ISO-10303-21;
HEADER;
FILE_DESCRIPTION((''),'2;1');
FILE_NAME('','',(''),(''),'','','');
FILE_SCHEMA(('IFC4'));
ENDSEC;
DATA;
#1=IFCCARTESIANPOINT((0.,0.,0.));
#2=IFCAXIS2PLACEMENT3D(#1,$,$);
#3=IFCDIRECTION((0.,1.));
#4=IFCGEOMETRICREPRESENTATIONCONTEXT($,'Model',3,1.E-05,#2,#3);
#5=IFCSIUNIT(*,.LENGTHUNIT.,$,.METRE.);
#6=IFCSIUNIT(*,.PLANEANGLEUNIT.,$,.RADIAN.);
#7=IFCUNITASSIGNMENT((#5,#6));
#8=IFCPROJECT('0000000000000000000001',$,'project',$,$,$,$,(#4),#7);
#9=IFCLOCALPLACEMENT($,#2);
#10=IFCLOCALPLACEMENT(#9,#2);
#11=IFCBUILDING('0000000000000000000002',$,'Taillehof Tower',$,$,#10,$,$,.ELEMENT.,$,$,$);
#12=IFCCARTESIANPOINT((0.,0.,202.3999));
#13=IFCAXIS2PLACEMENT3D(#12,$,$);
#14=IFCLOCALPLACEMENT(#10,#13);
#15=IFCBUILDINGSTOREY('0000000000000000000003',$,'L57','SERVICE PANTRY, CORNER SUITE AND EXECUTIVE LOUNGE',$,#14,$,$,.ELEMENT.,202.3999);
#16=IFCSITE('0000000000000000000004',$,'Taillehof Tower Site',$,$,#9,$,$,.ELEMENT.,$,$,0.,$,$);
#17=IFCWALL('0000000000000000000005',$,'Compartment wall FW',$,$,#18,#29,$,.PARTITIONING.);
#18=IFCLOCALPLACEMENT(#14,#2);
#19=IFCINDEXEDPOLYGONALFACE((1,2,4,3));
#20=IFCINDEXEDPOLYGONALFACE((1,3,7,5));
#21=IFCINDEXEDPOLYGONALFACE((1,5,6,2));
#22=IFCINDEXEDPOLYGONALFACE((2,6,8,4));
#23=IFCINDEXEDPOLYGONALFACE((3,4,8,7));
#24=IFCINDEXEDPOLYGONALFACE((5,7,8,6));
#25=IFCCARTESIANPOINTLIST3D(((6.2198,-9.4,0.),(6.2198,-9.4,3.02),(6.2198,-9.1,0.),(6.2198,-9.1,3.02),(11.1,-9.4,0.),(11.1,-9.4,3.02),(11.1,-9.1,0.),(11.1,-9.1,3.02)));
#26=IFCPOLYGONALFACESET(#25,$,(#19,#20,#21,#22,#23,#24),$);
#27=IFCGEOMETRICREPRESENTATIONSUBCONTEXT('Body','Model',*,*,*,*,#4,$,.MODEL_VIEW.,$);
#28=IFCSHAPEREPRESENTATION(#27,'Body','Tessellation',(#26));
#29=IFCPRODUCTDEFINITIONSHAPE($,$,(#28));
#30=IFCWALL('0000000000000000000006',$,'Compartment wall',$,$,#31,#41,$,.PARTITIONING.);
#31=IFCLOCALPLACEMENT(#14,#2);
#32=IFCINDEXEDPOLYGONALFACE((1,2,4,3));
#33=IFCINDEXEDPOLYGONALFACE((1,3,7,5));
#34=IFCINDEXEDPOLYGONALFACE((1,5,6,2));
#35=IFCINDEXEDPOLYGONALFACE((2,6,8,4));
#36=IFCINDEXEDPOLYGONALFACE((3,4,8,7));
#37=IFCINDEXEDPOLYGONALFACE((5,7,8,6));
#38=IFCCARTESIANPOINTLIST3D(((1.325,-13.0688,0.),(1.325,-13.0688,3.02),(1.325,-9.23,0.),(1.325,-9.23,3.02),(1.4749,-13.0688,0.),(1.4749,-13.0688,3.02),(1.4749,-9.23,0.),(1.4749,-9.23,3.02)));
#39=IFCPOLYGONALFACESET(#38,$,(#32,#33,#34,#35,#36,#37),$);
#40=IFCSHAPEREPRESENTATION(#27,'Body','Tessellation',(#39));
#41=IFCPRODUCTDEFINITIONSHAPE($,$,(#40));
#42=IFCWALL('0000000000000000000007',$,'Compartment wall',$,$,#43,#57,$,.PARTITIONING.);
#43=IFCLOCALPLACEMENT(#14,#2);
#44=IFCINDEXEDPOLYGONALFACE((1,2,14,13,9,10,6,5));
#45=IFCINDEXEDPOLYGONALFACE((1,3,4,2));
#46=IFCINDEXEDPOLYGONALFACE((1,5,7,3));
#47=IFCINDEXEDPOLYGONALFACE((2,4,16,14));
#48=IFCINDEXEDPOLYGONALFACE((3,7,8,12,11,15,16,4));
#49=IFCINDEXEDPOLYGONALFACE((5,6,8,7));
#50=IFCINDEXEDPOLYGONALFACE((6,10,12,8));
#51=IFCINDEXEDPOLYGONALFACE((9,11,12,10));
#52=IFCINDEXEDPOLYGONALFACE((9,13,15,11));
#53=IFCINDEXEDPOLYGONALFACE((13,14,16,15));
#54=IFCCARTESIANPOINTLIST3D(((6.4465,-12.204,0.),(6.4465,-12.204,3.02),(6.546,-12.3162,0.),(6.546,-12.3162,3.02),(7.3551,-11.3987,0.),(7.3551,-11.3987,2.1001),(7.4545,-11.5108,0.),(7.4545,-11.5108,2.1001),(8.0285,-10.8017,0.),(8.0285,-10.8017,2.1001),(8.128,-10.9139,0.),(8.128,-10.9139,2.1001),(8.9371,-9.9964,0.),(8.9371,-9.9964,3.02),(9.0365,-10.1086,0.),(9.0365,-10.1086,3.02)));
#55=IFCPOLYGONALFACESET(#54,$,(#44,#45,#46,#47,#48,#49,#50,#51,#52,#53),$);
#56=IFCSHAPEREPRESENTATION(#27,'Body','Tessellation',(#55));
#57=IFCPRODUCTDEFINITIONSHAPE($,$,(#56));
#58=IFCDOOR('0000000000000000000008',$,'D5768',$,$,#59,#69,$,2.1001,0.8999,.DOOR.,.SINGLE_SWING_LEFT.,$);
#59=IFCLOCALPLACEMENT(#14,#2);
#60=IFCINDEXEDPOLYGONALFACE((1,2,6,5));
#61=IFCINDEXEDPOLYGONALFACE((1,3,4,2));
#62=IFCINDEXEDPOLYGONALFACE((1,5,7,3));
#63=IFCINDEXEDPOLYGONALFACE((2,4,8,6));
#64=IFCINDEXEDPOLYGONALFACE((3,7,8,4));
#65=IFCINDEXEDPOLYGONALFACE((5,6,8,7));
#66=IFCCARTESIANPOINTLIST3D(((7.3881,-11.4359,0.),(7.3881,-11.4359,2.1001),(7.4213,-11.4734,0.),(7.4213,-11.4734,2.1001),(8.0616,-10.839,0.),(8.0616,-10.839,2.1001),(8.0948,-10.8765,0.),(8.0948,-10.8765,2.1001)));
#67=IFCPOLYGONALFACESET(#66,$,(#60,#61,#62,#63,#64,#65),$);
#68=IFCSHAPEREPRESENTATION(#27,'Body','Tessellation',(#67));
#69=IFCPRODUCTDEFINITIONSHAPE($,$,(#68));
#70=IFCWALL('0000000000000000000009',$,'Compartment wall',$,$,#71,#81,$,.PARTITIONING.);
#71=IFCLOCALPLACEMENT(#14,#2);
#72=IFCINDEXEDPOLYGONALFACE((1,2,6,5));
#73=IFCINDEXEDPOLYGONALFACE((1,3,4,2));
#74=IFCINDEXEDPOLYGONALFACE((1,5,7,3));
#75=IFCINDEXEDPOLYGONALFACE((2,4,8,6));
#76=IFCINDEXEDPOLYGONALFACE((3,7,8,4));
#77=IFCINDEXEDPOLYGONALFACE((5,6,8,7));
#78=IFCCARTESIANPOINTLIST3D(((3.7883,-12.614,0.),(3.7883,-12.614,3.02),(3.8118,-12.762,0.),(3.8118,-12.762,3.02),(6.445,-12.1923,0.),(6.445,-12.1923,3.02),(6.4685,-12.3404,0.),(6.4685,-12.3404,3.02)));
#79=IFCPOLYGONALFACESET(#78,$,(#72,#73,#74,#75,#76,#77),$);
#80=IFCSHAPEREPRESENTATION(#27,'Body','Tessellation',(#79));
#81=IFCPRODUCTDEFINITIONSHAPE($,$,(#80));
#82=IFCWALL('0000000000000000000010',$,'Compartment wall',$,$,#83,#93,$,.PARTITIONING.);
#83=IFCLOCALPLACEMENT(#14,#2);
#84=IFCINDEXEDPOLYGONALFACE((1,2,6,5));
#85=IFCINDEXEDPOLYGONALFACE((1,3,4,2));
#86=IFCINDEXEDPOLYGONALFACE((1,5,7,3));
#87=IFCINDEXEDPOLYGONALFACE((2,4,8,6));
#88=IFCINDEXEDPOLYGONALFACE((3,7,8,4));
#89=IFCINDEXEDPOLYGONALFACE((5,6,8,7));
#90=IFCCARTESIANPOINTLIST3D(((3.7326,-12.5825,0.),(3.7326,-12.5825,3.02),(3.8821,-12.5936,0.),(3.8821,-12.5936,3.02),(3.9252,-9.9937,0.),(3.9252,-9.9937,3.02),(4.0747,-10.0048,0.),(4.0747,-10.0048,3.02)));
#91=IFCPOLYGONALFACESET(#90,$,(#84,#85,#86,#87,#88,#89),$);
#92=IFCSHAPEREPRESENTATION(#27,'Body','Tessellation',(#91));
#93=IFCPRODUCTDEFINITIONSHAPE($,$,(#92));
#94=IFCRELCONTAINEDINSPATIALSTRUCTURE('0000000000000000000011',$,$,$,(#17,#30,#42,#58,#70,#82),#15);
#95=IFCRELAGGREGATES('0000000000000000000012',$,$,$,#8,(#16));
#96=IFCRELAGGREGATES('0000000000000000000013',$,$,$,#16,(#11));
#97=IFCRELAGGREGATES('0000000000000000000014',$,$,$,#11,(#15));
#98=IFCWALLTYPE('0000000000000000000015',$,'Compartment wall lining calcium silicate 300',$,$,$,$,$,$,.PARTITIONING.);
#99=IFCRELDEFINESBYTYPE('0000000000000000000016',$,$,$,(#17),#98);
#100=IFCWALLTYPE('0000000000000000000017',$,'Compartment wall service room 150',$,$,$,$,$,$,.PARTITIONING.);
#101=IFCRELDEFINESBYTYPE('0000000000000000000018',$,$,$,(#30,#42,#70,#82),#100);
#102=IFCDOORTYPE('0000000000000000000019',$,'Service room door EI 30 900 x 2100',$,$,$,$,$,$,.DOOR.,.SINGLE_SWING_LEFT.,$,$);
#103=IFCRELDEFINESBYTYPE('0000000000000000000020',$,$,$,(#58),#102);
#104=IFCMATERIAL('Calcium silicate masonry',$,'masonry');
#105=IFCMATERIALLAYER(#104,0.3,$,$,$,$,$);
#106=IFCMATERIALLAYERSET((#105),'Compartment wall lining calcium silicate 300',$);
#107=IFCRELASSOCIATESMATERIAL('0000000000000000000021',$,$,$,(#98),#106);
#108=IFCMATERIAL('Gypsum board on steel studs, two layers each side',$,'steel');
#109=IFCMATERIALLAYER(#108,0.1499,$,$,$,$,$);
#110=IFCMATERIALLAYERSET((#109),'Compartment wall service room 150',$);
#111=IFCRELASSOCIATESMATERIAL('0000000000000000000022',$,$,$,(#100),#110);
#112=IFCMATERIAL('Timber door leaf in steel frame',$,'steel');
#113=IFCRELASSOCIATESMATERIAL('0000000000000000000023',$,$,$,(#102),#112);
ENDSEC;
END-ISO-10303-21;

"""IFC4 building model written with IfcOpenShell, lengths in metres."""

from ifc_helpers import new_model, si_unit, direction, frame, frame_2d, origin, place, context, subcontext, project, spatial, rectangle, extrude, material, layer, layer_set, type_object, element, fill, save


model = new_model("IFC4")

# Units and contexts
model_context = context("Model", 3, precision=1e-05, world=origin(), true_north=direction((0.0, 1.0)))
body_context = subcontext(model_context, "Body", "Model", "MODEL_VIEW")
ifc_project = project(units=[si_unit("LENGTHUNIT", "METRE"), si_unit("PLANEANGLEUNIT", "RADIAN")], contexts=[model_context])

# Site, building, storey
site_placement = place(None, origin())
site = spatial("IfcSite", under=ifc_project, at=site_placement, Name="Taillehof Tower Site", CompositionType="ELEMENT", RefElevation=0.0)
building_placement = place(site_placement, origin())
building = spatial("IfcBuilding", under=site, at=building_placement, Name="Taillehof Tower", CompositionType="ELEMENT")
storey_placement = place(building_placement, frame((0.0, 0.0, 202.3999)))
storey = spatial("IfcBuildingStorey", under=building, at=storey_placement, Name="L57", Description="SERVICE PANTRY, CORNER SUITE AND EXECUTIVE LOUNGE", CompositionType="ELEMENT", Elevation=202.3999)

# Walls
ifc_material_1 = material(Name="Calcium silicate masonry", Category="masonry")
ifc_layer_1 = layer(ifc_material_1, 0.3)
ifc_layer_set_1 = layer_set([ifc_layer_1], Name="Compartment wall lining calcium silicate 300")
wall_type_1 = type_object("IfcWallType", Name="Compartment wall lining calcium silicate 300", PredefinedType="PARTITIONING", material=ifc_layer_set_1)
wall_1_placement = place(storey_placement, frame((6.22, -9.25, 0.0), z_axis=(0.0, 0.0, 1.0), x_axis=(1.0, 0.0, 0.0)))
element("IfcWall", 1, at=wall_1_placement, inside=storey, type_object=wall_type_1, Name="Compartment wall FW", PredefinedType="PARTITIONING", context=body_context, shape_type="SweptSolid", body=[
    extrude(rectangle(XDim=4.8801, YDim=0.3, at=frame_2d((2.4399, 0.0))), origin(), (0.0, 0.0, 1.0), 3.02),
])
ifc_material_2 = material(Name="Gypsum board on steel studs, two layers each side", Category="steel")
ifc_layer_2 = layer(ifc_material_2, 0.1499)
ifc_layer_set_2 = layer_set([ifc_layer_2], Name="Compartment wall service room 150")
wall_type_2 = type_object("IfcWallType", Name="Compartment wall service room 150", PredefinedType="PARTITIONING", material=ifc_layer_set_2)
wall_2_placement = place(storey_placement, frame((1.3999, -9.23, 0.0), z_axis=(0.0, 0.0, 1.0), x_axis=(0.0, -1.0, 0.0)))
element("IfcWall", 2, at=wall_2_placement, inside=storey, type_object=wall_type_2, Name="Compartment wall", PredefinedType="PARTITIONING", context=body_context, shape_type="SweptSolid", body=[
    extrude(rectangle(XDim=3.8389, YDim=0.1499, at=frame_2d((1.9194, 0.0))), origin(), (0.0, 0.0, 1.0), 3.02),
])

# Wall, opening, door
wall_3_placement = place(storey_placement, frame((8.9868, -10.0525, 0.0), z_axis=(0.0, 0.0, 1.0), x_axis=(-0.748339, -0.663316, 0.0)))
wall_3 = element("IfcWall", 3, at=wall_3_placement, inside=storey, type_object=wall_type_2, Name="Compartment wall", PredefinedType="PARTITIONING", context=body_context, shape_type="SweptSolid", body=[
    extrude(rectangle(XDim=3.3281, YDim=0.1499, at=frame_2d((1.6641, 0.0))), origin(), (0.0, 0.0, 1.0), 3.02),
])
opening_1_placement = place(wall_3_placement, frame((1.2141, 0.0, 0.0)))
opening_1 = element("IfcOpeningElement", 4, at=opening_1_placement, cuts=wall_3, PredefinedType="OPENING", context=body_context, shape_type="SweptSolid", body=[
    extrude(rectangle(XDim=0.8999, YDim=2.1001, at=frame_2d((0.45, 1.05))), frame((0.0, 0.085, 0.0), z_axis=(0.0, -1.0, 0.0), x_axis=(1.0, 0.0, 0.0)), (0.0, 0.0, 1.0), 0.1699),
])
ifc_material_3 = material(Name="Timber door leaf in steel frame", Category="steel")
door_type_1 = type_object("IfcDoorType", Name="Service room door EI 30 900 x 2100", OperationType="SINGLE_SWING_LEFT", PredefinedType="DOOR", material=ifc_material_3)
door_1_placement = place(opening_1_placement, origin())
door_1 = element("IfcDoor", 5, at=door_1_placement, inside=storey, type_object=door_type_1, Name="D5768", OperationType="SINGLE_SWING_LEFT", OverallHeight=2.1001, OverallWidth=0.8999, PredefinedType="DOOR", context=body_context, shape_type="SweptSolid", body=[
    extrude(rectangle(XDim=0.8999, YDim=2.1001, at=frame_2d((0.45, 1.05))), frame((0.0, 0.0249, 0.0), z_axis=(0.0, -1.0, 0.0), x_axis=(1.0, 0.0, 0.0)), (0.0, 0.0, 1.0), 0.05),
])
fill(opening_1, door_1)

# Walls
wall_4_placement = place(storey_placement, frame((6.4568, -12.2664, 0.0), z_axis=(0.0, 0.0, 1.0), x_axis=(-0.98764, -0.156741, 0.0)))
element("IfcWall", 6, at=wall_4_placement, inside=storey, type_object=wall_type_2, Name="Compartment wall", PredefinedType="PARTITIONING", context=body_context, shape_type="SweptSolid", body=[
    extrude(rectangle(XDim=2.6899, YDim=0.1499, at=frame_2d((1.345, 0.0))), origin(), (0.0, 0.0, 1.0), 3.02),
])
wall_5_placement = place(storey_placement, frame((3.8074, -12.5879, 0.0), z_axis=(0.0, 0.0, 1.0), x_axis=(0.074201, 0.997243, 0.0)))
element("IfcWall", 7, at=wall_5_placement, inside=storey, type_object=wall_type_2, Name="Compartment wall", PredefinedType="PARTITIONING", context=body_context, shape_type="SweptSolid", body=[
    extrude(rectangle(XDim=2.5959, YDim=0.1499, at=frame_2d((1.2979, 0.0))), origin(), (0.0, 0.0, 1.0), 3.02),
])

save(model, "model.ifc")
